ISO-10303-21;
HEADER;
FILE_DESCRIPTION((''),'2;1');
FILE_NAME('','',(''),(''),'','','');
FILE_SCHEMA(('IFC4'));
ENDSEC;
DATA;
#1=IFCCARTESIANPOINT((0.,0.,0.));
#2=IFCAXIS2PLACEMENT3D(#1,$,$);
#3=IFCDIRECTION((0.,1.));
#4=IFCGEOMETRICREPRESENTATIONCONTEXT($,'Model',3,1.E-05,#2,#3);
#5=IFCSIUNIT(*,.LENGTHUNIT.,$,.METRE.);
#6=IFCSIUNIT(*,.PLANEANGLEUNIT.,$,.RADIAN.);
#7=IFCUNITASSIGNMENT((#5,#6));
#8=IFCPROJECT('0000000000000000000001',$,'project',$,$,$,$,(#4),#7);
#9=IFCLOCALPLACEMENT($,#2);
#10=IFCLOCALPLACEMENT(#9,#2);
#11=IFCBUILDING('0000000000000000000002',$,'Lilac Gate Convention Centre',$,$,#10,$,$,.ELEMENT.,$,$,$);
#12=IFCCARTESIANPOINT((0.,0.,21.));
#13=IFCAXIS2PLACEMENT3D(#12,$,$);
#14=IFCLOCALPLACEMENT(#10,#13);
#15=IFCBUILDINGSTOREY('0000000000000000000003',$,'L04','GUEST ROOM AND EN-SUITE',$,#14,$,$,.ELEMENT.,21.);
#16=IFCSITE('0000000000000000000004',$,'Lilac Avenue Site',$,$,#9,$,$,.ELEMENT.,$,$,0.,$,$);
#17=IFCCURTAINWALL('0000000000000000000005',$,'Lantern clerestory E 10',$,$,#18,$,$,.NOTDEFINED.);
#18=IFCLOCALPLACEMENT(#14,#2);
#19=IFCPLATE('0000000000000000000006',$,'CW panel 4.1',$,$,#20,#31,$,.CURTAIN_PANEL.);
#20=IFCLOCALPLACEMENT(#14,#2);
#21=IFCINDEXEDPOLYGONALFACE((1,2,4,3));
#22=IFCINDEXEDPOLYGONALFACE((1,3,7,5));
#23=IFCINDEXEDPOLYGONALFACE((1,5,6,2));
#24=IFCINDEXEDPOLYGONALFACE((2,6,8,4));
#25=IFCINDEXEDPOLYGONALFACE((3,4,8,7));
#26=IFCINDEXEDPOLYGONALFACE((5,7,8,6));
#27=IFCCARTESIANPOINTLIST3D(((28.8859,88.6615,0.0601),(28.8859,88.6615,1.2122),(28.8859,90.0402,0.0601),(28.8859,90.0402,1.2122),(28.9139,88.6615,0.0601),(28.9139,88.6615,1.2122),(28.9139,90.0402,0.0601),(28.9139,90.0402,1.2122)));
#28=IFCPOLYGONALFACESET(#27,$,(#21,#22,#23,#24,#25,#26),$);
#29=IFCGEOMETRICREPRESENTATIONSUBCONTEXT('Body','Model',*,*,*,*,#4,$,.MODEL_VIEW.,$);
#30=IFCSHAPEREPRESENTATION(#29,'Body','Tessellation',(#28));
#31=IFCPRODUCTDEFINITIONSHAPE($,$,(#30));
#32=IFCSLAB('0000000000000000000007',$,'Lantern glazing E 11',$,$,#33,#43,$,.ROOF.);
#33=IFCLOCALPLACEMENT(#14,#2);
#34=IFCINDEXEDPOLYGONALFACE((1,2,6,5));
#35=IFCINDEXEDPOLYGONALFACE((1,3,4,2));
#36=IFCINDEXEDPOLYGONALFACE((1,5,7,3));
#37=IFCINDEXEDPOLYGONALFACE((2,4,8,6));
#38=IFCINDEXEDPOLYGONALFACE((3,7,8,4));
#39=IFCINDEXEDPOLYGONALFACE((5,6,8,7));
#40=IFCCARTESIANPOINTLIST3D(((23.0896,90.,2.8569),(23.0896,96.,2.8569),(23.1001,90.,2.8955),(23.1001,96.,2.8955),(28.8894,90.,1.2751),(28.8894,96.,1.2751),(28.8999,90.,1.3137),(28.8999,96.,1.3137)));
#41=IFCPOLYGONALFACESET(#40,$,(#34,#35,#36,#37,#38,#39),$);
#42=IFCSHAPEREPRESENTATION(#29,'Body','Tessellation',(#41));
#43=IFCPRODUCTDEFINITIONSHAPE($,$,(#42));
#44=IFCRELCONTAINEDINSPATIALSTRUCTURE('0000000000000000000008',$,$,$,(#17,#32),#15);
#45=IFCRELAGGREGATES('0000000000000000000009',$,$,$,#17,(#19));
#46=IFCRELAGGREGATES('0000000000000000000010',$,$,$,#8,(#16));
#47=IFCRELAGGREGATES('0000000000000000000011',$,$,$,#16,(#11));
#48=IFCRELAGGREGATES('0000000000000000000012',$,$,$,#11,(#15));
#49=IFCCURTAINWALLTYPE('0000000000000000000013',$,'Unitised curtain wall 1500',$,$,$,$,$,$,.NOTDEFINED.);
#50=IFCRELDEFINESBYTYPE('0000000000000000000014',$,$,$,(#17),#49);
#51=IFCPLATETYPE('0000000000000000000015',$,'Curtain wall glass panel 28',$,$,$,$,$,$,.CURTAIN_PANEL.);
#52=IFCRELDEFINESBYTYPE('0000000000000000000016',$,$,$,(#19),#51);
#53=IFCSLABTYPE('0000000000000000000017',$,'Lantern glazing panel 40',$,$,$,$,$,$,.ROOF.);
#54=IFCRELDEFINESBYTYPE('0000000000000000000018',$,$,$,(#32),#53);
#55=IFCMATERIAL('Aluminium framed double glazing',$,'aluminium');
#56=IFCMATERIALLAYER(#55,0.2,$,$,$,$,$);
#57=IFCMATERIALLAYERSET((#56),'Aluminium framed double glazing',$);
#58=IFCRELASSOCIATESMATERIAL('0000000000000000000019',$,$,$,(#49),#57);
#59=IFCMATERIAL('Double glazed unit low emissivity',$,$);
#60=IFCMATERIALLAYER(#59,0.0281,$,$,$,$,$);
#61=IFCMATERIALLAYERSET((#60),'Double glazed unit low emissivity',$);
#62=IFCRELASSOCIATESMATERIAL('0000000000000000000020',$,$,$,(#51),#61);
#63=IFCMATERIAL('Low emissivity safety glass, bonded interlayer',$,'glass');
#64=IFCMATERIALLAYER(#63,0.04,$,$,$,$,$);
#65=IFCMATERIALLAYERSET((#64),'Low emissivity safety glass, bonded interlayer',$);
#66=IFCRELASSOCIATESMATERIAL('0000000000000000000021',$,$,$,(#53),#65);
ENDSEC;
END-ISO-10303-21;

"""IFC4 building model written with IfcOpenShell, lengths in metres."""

from ifc_helpers import new_model, si_unit, direction, frame, origin, origin_2d, place, context, subcontext, project, spatial, polyline, rectangle, outline, extrude, material, layer, layer_set, type_object, element, aggregate, save


model = new_model("IFC4")

# Units and contexts
model_context = context("Model", 3, precision=1e-05, world=origin(), true_north=direction((0.0, 1.0)))
body_context = subcontext(model_context, "Body", "Model", "MODEL_VIEW")
ifc_project = project(units=[si_unit("LENGTHUNIT", "METRE"), si_unit("PLANEANGLEUNIT", "RADIAN")], contexts=[model_context])

# Site, building, storey
site_placement = place(None, origin())
site = spatial("IfcSite", under=ifc_project, at=site_placement, Name="Lilac Avenue Site", CompositionType="ELEMENT", RefElevation=0.0)
building_placement = place(site_placement, origin())
building = spatial("IfcBuilding", under=site, at=building_placement, Name="Lilac Gate Convention Centre", CompositionType="ELEMENT")
storey_placement = place(building_placement, frame((0.0, 0.0, 21.0)))
storey = spatial("IfcBuildingStorey", under=building, at=storey_placement, Name="L04", Description="GUEST ROOM AND EN-SUITE", CompositionType="ELEMENT", Elevation=21.0)

# Shared definitions
ifc_material_1 = material(Name="Aluminium framed double glazing", Category="aluminium")
ifc_layer_1 = layer(ifc_material_1, 0.2)
ifc_layer_set_1 = layer_set([ifc_layer_1], Name="Aluminium framed double glazing")
curtain_wall_type = type_object("IfcCurtainWallType", Name="Unitised curtain wall 1500", PredefinedType="NOTDEFINED", material=ifc_layer_set_1)

# Curtain wall
curtain_wall_1_placement = place(storey_placement, origin())
curtain_wall_1 = element("IfcCurtainWall", 1, at=curtain_wall_1_placement, inside=storey, type_object=curtain_wall_type, Name="Lantern clerestory E 10", PredefinedType="NOTDEFINED")

# Plate
ifc_material_2 = material(Name="Double glazed unit low emissivity")
ifc_layer_2 = layer(ifc_material_2, 0.0281)
ifc_layer_set_2 = layer_set([ifc_layer_2], Name="Double glazed unit low emissivity")
plate_type = type_object("IfcPlateType", Name="Curtain wall glass panel 28", PredefinedType="CURTAIN_PANEL", material=ifc_layer_set_2)
plate_1_placement = place(storey_placement, frame((28.8999, 89.3508, 0.0601), z_axis=(0.0, 0.0, 1.0), x_axis=(0.0, 1.0, 0.0)))
plate_1 = element("IfcPlate", 2, at=plate_1_placement, type_object=plate_type, Name="CW panel 4.1", PredefinedType="CURTAIN_PANEL", context=body_context, shape_type="SweptSolid", body=[
    extrude(rectangle(XDim=1.3787, YDim=0.0281, at=origin_2d()), origin(), (0.0, 0.0, 1.0), 1.1521),
])
aggregate(curtain_wall_1, [plate_1])

# Slab
ifc_material_3 = material(Name="Low emissivity safety glass, bonded interlayer", Category="glass")
ifc_layer_3 = layer(ifc_material_3, 0.04)
ifc_layer_set_3 = layer_set([ifc_layer_3], Name="Low emissivity safety glass, bonded interlayer")
slab_type = type_object("IfcSlabType", Name="Lantern glazing panel 40", PredefinedType="ROOF", material=ifc_layer_set_3)
slab_placement = place(storey_placement, frame((23.1001, 90.0, 2.8955), z_axis=(0.263121, 0.0, 0.964763), x_axis=(0.964763, 0.0, -0.263121)))
element("IfcSlab", 3, at=slab_placement, inside=storey, type_object=slab_type, Name="Lantern glazing E 11", PredefinedType="ROOF", context=body_context, shape_type="SweptSolid", body=[
    extrude(outline(polyline([(0.0, 0.0), (6.0116, 0.0), (6.0116, 6.0), (0.0, 6.0), (0.0, 0.0)])), origin(), (0.0, 0.0, -1.0), 0.04),
])

save(model, "model.ifc")
